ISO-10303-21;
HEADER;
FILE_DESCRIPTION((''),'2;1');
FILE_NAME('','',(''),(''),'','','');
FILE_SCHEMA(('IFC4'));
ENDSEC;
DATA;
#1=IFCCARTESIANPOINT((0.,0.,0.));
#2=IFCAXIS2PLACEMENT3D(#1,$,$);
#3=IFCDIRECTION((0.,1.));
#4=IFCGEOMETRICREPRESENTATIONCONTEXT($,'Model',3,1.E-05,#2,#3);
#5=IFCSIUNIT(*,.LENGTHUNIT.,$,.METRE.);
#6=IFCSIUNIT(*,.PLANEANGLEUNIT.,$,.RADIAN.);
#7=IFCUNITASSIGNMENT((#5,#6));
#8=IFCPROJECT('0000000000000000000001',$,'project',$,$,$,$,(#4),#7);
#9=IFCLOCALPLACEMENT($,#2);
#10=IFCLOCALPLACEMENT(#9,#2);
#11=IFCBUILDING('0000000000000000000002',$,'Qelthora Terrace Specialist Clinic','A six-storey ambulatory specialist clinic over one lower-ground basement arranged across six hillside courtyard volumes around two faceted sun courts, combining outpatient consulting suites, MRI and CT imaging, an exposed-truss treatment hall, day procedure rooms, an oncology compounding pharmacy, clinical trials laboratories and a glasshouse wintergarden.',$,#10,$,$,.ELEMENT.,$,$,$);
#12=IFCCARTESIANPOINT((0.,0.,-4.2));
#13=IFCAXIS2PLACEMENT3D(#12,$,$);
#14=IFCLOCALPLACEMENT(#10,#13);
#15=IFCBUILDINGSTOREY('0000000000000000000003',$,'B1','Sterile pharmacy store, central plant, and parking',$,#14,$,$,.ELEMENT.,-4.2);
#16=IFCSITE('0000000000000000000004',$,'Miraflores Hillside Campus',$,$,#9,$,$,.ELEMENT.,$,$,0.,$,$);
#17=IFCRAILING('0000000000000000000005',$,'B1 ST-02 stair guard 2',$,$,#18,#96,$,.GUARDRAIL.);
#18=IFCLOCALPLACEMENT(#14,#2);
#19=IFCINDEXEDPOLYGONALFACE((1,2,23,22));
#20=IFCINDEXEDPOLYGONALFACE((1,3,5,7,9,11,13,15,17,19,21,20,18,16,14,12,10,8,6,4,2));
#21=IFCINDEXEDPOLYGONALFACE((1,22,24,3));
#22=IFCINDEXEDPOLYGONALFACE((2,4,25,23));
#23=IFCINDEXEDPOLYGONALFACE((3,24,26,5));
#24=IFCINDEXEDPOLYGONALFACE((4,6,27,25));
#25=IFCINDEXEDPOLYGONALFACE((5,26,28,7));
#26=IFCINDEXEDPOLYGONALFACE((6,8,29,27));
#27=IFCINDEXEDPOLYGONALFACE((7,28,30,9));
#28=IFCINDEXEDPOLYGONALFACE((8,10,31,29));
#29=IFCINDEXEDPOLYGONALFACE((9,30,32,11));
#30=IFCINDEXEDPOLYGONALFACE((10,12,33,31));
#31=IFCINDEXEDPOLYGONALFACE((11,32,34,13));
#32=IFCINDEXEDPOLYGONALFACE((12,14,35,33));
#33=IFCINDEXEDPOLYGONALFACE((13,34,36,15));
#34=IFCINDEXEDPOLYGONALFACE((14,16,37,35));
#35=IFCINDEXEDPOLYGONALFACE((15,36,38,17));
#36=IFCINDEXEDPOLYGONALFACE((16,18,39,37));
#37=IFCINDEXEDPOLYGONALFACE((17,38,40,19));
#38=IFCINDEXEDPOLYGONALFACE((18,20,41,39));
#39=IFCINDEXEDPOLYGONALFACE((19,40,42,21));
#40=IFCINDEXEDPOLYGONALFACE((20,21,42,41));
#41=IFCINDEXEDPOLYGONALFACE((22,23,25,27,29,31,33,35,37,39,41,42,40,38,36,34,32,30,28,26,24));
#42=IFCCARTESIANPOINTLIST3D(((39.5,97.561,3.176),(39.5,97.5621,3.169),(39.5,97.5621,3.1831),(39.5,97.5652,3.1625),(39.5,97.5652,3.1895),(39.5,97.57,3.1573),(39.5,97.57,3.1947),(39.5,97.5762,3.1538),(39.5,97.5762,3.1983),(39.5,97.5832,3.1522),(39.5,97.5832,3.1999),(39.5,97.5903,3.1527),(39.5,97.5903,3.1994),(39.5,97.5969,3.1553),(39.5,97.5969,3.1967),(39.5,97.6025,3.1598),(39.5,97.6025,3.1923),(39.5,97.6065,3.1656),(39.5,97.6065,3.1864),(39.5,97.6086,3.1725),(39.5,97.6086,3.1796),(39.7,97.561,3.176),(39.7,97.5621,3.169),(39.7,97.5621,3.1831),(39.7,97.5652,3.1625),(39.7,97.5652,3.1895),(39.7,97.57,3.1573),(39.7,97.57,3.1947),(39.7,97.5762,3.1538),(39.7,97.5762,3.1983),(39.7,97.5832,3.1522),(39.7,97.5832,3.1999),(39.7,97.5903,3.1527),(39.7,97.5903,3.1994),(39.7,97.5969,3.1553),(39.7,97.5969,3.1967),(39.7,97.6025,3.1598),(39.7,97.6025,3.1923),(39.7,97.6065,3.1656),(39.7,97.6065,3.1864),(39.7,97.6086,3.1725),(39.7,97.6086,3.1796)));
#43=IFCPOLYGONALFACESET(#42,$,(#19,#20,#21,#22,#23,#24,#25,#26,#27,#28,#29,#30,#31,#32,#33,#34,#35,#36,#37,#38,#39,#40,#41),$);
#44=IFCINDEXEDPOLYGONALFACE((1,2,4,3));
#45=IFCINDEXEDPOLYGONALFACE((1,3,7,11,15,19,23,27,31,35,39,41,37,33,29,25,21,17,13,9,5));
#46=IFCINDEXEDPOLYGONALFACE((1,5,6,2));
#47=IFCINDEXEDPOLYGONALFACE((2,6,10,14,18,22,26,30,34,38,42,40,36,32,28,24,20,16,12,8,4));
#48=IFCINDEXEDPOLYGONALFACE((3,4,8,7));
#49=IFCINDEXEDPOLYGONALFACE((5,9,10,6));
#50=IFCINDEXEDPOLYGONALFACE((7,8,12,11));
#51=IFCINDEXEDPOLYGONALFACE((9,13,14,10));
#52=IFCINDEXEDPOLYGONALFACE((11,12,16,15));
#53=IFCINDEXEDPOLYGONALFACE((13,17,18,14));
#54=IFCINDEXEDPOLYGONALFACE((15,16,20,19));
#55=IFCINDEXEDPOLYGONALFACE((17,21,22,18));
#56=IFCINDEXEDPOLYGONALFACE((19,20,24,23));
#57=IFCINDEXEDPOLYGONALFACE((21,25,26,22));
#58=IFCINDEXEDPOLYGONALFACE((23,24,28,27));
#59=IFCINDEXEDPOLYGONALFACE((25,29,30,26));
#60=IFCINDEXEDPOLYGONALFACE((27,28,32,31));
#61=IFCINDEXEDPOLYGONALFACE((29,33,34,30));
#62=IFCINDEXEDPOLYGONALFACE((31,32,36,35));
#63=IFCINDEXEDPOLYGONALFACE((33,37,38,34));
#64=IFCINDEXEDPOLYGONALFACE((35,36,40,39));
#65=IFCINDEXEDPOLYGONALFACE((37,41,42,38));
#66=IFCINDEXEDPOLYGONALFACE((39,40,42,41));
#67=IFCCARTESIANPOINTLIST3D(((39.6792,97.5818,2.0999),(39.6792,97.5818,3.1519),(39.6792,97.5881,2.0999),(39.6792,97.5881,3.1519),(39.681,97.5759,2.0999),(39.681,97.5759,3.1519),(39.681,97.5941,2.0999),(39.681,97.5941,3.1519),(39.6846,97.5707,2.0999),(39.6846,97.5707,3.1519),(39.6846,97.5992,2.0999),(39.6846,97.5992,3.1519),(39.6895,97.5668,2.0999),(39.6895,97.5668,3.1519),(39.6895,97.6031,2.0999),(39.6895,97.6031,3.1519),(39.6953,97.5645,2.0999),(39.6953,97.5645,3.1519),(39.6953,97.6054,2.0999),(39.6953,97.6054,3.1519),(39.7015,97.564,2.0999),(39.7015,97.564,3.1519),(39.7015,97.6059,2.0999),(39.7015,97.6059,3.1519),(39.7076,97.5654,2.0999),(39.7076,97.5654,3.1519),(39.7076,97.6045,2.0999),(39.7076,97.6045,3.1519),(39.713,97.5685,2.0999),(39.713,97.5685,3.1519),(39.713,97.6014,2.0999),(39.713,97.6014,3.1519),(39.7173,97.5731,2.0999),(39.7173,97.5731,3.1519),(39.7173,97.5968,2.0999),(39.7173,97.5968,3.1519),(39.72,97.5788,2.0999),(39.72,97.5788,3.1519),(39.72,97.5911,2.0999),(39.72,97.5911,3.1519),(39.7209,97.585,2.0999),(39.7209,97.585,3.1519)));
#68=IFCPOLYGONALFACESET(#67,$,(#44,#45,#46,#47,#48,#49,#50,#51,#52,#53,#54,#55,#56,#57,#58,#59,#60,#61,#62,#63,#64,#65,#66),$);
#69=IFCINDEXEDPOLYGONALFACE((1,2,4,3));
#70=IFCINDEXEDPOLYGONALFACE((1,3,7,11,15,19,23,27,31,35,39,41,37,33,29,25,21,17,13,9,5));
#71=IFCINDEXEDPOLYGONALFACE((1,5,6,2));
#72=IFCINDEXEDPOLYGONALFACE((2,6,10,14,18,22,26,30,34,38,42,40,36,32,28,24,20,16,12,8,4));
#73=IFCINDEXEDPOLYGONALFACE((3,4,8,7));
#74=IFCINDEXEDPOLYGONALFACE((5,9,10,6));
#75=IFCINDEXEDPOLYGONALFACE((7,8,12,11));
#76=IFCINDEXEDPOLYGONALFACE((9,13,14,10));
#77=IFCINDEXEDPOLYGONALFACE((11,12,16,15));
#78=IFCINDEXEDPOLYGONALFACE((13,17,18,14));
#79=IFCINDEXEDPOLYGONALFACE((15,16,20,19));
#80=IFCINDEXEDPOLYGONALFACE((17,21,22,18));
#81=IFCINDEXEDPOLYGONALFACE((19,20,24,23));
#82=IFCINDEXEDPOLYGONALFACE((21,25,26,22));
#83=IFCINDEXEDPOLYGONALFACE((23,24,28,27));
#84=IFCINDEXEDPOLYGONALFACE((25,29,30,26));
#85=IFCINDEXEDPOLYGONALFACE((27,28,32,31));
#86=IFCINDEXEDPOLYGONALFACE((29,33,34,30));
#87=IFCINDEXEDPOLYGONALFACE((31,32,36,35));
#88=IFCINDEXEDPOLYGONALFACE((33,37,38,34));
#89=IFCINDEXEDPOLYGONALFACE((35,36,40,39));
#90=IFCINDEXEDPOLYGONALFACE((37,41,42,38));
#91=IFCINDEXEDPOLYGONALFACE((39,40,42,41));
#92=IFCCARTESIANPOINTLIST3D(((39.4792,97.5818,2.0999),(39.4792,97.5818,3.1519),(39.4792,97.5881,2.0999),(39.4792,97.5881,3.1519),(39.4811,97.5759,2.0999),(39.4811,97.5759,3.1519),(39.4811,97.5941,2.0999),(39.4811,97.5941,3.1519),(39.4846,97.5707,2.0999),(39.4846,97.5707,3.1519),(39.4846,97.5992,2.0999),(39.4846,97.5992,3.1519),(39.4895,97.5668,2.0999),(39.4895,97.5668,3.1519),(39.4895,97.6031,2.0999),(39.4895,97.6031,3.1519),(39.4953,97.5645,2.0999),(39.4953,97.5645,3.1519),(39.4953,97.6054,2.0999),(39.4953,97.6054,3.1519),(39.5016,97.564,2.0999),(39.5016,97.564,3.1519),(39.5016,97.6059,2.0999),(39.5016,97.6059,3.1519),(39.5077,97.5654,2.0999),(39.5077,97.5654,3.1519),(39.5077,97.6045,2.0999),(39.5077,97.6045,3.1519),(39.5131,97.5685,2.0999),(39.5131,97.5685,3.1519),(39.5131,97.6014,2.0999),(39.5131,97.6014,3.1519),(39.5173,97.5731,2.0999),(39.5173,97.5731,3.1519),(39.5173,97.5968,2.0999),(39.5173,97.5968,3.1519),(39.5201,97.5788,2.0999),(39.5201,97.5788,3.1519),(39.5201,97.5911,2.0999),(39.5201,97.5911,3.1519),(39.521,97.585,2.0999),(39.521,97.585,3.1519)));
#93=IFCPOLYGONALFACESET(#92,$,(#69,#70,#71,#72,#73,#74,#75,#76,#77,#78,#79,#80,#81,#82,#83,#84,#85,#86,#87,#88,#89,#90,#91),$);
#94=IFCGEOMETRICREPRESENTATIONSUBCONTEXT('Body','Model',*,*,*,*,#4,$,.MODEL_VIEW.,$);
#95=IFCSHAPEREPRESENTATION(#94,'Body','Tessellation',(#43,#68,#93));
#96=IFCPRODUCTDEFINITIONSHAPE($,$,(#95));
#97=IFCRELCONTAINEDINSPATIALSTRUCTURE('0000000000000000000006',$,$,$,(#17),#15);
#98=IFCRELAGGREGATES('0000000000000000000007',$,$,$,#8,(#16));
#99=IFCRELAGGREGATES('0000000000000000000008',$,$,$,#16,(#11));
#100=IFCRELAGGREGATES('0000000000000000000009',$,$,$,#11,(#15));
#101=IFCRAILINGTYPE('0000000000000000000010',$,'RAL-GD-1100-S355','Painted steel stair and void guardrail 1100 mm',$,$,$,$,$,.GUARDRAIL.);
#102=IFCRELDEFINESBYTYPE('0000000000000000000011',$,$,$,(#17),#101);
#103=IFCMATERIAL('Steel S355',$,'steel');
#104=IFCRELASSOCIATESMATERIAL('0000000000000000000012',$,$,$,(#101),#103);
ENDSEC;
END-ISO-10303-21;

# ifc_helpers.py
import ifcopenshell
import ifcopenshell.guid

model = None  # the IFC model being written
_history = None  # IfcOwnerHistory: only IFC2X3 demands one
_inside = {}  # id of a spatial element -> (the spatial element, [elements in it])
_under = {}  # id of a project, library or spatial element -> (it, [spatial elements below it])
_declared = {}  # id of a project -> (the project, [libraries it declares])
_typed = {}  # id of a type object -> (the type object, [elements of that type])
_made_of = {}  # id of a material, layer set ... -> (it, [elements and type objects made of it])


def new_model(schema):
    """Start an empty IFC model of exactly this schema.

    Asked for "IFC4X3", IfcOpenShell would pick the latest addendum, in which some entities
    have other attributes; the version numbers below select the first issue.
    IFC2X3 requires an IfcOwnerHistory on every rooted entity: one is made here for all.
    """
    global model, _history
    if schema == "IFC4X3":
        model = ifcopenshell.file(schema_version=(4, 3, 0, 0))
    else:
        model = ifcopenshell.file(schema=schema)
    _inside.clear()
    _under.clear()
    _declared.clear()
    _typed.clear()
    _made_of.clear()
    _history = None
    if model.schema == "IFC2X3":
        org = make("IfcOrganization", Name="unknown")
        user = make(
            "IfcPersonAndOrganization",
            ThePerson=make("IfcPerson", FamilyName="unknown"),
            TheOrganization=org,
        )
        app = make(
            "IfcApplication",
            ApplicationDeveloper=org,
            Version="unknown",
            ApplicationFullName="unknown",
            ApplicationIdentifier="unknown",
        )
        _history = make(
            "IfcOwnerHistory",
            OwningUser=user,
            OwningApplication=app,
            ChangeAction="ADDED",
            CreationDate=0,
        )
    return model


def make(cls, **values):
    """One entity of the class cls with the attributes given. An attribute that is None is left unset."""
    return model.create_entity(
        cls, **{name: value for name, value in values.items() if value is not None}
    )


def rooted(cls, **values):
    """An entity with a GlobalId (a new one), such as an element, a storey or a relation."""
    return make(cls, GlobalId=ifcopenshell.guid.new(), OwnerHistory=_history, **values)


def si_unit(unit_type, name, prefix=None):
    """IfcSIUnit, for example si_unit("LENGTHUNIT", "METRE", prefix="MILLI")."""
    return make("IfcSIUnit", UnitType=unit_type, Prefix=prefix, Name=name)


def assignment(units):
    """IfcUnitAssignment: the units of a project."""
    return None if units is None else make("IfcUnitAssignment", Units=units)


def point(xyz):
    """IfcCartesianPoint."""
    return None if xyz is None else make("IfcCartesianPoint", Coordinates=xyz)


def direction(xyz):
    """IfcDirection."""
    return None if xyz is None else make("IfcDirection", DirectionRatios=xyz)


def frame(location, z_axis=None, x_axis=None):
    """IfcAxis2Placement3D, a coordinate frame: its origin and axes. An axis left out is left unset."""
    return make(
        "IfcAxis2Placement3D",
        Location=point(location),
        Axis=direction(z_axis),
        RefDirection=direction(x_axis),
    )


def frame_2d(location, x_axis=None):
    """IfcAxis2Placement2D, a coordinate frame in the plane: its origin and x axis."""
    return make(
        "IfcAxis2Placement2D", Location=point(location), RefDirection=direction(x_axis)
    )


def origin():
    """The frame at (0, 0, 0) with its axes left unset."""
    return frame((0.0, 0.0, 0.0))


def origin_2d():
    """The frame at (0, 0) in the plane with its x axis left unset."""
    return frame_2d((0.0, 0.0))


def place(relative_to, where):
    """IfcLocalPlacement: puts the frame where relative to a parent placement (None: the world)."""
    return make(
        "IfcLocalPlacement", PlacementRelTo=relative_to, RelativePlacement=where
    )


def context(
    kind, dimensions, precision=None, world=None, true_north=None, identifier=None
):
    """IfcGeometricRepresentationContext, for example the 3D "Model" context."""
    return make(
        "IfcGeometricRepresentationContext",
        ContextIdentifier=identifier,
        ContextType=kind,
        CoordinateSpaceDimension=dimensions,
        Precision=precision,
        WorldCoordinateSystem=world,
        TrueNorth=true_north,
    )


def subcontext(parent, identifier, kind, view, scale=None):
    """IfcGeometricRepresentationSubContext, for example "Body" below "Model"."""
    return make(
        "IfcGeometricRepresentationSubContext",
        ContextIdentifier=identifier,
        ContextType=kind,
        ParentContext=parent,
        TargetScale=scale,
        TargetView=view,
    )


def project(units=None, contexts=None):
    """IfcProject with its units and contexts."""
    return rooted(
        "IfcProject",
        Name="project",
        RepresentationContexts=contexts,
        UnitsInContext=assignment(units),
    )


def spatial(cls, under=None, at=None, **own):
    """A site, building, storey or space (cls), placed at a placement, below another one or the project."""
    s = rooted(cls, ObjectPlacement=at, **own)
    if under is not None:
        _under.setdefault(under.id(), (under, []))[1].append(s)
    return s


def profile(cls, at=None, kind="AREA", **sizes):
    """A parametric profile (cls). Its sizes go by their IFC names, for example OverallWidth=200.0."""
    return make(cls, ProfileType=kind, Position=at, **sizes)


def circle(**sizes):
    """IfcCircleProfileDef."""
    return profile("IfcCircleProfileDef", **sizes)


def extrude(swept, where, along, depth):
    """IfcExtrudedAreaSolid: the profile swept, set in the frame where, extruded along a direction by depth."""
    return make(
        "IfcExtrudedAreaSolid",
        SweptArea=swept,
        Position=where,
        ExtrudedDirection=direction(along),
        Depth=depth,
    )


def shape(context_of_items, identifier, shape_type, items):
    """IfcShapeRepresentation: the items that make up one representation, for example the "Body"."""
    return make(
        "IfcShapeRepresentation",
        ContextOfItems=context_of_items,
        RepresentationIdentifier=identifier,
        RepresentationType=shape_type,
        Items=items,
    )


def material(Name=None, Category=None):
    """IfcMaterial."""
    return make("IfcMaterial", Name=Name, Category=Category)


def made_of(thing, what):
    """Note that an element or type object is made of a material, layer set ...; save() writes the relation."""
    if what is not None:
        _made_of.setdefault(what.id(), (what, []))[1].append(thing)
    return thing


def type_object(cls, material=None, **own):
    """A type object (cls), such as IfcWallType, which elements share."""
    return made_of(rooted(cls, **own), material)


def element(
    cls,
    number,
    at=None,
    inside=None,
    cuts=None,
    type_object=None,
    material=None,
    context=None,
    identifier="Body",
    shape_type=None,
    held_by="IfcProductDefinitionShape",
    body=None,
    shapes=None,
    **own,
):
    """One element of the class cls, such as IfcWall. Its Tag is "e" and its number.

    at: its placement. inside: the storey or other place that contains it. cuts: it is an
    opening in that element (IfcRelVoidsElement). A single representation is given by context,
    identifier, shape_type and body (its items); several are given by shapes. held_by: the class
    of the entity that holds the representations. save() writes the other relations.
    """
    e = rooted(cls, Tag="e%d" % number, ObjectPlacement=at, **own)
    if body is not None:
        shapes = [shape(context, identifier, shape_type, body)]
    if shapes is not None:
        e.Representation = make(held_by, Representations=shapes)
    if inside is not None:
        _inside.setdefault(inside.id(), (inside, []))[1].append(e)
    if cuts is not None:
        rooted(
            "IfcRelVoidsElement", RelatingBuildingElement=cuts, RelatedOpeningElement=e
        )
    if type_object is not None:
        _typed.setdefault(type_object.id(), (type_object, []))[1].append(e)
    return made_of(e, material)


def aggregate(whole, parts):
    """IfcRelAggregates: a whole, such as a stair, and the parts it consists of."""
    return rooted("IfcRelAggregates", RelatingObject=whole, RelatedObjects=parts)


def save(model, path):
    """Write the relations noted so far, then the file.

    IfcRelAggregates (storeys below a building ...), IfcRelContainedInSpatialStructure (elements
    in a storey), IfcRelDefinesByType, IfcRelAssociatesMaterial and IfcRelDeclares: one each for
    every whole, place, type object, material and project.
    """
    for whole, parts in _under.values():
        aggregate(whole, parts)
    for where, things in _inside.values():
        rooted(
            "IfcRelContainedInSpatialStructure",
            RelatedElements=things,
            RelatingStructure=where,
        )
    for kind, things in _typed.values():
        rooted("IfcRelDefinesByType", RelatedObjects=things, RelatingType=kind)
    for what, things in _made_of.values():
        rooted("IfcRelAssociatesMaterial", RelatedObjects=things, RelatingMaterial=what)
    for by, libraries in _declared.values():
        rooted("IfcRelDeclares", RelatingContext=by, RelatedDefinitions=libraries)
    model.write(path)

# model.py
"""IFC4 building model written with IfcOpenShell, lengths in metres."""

from ifc_helpers import new_model, si_unit, direction, frame, origin, origin_2d, place, context, subcontext, project, spatial, circle, extrude, material, type_object, element, save


model = new_model("IFC4")

# Units and contexts
model_context = context("Model", 3, precision=1e-05, world=origin(), true_north=direction((0.0, 1.0)))
body_context = subcontext(model_context, "Body", "Model", "MODEL_VIEW")
ifc_project = project(units=[si_unit("LENGTHUNIT", "METRE"), si_unit("PLANEANGLEUNIT", "RADIAN")], contexts=[model_context])

# Site, building, storey
site_placement = place(None, origin())
site = spatial("IfcSite", under=ifc_project, at=site_placement, Name="Miraflores Hillside Campus", CompositionType="ELEMENT", RefElevation=0.0)
building_placement = place(site_placement, origin())
building = spatial("IfcBuilding", under=site, at=building_placement, Name="Qelthora Terrace Specialist Clinic", Description="A six-storey ambulatory specialist clinic over one lower-ground basement arranged across six hillside courtyard volumes around two faceted sun courts, combining outpatient consulting suites, MRI and CT imaging, an exposed-truss treatment hall, day procedure rooms, an oncology compounding pharmacy, clinical trials laboratories and a glasshouse wintergarden.", CompositionType="ELEMENT")
storey_placement = place(building_placement, frame((0.0, 0.0, -4.2)))
storey = spatial("IfcBuildingStorey", under=building, at=storey_placement, Name="B1", Description="Sterile pharmacy store, central plant, and parking", CompositionType="ELEMENT", Elevation=-4.2)

# Shared definitions
ifc_material_1 = material(Name="Steel S355", Category="steel")

# Railing
railing_type_1 = type_object("IfcRailingType", Name="RAL-GD-1100-S355", Description="Painted steel stair and void guardrail 1100 mm", PredefinedType="GUARDRAIL", material=ifc_material_1)
railing_1_placement = place(storey_placement, frame((39.7, 97.585, 2.0999)))
element("IfcRailing", 1, at=railing_1_placement, inside=storey, type_object=railing_type_1, Name="B1 ST-02 stair guard 2", PredefinedType="GUARDRAIL", context=body_context, shape_type="SweptSolid", body=[
    extrude(circle(Radius=0.0239, at=origin_2d()), frame((0.0, 0.0, 1.0762), z_axis=(-1.0, 0.0, 0.0), x_axis=(0.0, -1.0, 0.0)), (0.0, 0.0, 1.0), 0.2),
    extrude(circle(Radius=0.021, at=origin_2d()), origin(), (0.0, 0.0, 1.0), 1.052),
    extrude(circle(Radius=0.021, at=origin_2d()), frame((-0.2, 0.0, 0.0)), (0.0, 0.0, 1.0), 1.052),
])

save(model, "model.ifc")
